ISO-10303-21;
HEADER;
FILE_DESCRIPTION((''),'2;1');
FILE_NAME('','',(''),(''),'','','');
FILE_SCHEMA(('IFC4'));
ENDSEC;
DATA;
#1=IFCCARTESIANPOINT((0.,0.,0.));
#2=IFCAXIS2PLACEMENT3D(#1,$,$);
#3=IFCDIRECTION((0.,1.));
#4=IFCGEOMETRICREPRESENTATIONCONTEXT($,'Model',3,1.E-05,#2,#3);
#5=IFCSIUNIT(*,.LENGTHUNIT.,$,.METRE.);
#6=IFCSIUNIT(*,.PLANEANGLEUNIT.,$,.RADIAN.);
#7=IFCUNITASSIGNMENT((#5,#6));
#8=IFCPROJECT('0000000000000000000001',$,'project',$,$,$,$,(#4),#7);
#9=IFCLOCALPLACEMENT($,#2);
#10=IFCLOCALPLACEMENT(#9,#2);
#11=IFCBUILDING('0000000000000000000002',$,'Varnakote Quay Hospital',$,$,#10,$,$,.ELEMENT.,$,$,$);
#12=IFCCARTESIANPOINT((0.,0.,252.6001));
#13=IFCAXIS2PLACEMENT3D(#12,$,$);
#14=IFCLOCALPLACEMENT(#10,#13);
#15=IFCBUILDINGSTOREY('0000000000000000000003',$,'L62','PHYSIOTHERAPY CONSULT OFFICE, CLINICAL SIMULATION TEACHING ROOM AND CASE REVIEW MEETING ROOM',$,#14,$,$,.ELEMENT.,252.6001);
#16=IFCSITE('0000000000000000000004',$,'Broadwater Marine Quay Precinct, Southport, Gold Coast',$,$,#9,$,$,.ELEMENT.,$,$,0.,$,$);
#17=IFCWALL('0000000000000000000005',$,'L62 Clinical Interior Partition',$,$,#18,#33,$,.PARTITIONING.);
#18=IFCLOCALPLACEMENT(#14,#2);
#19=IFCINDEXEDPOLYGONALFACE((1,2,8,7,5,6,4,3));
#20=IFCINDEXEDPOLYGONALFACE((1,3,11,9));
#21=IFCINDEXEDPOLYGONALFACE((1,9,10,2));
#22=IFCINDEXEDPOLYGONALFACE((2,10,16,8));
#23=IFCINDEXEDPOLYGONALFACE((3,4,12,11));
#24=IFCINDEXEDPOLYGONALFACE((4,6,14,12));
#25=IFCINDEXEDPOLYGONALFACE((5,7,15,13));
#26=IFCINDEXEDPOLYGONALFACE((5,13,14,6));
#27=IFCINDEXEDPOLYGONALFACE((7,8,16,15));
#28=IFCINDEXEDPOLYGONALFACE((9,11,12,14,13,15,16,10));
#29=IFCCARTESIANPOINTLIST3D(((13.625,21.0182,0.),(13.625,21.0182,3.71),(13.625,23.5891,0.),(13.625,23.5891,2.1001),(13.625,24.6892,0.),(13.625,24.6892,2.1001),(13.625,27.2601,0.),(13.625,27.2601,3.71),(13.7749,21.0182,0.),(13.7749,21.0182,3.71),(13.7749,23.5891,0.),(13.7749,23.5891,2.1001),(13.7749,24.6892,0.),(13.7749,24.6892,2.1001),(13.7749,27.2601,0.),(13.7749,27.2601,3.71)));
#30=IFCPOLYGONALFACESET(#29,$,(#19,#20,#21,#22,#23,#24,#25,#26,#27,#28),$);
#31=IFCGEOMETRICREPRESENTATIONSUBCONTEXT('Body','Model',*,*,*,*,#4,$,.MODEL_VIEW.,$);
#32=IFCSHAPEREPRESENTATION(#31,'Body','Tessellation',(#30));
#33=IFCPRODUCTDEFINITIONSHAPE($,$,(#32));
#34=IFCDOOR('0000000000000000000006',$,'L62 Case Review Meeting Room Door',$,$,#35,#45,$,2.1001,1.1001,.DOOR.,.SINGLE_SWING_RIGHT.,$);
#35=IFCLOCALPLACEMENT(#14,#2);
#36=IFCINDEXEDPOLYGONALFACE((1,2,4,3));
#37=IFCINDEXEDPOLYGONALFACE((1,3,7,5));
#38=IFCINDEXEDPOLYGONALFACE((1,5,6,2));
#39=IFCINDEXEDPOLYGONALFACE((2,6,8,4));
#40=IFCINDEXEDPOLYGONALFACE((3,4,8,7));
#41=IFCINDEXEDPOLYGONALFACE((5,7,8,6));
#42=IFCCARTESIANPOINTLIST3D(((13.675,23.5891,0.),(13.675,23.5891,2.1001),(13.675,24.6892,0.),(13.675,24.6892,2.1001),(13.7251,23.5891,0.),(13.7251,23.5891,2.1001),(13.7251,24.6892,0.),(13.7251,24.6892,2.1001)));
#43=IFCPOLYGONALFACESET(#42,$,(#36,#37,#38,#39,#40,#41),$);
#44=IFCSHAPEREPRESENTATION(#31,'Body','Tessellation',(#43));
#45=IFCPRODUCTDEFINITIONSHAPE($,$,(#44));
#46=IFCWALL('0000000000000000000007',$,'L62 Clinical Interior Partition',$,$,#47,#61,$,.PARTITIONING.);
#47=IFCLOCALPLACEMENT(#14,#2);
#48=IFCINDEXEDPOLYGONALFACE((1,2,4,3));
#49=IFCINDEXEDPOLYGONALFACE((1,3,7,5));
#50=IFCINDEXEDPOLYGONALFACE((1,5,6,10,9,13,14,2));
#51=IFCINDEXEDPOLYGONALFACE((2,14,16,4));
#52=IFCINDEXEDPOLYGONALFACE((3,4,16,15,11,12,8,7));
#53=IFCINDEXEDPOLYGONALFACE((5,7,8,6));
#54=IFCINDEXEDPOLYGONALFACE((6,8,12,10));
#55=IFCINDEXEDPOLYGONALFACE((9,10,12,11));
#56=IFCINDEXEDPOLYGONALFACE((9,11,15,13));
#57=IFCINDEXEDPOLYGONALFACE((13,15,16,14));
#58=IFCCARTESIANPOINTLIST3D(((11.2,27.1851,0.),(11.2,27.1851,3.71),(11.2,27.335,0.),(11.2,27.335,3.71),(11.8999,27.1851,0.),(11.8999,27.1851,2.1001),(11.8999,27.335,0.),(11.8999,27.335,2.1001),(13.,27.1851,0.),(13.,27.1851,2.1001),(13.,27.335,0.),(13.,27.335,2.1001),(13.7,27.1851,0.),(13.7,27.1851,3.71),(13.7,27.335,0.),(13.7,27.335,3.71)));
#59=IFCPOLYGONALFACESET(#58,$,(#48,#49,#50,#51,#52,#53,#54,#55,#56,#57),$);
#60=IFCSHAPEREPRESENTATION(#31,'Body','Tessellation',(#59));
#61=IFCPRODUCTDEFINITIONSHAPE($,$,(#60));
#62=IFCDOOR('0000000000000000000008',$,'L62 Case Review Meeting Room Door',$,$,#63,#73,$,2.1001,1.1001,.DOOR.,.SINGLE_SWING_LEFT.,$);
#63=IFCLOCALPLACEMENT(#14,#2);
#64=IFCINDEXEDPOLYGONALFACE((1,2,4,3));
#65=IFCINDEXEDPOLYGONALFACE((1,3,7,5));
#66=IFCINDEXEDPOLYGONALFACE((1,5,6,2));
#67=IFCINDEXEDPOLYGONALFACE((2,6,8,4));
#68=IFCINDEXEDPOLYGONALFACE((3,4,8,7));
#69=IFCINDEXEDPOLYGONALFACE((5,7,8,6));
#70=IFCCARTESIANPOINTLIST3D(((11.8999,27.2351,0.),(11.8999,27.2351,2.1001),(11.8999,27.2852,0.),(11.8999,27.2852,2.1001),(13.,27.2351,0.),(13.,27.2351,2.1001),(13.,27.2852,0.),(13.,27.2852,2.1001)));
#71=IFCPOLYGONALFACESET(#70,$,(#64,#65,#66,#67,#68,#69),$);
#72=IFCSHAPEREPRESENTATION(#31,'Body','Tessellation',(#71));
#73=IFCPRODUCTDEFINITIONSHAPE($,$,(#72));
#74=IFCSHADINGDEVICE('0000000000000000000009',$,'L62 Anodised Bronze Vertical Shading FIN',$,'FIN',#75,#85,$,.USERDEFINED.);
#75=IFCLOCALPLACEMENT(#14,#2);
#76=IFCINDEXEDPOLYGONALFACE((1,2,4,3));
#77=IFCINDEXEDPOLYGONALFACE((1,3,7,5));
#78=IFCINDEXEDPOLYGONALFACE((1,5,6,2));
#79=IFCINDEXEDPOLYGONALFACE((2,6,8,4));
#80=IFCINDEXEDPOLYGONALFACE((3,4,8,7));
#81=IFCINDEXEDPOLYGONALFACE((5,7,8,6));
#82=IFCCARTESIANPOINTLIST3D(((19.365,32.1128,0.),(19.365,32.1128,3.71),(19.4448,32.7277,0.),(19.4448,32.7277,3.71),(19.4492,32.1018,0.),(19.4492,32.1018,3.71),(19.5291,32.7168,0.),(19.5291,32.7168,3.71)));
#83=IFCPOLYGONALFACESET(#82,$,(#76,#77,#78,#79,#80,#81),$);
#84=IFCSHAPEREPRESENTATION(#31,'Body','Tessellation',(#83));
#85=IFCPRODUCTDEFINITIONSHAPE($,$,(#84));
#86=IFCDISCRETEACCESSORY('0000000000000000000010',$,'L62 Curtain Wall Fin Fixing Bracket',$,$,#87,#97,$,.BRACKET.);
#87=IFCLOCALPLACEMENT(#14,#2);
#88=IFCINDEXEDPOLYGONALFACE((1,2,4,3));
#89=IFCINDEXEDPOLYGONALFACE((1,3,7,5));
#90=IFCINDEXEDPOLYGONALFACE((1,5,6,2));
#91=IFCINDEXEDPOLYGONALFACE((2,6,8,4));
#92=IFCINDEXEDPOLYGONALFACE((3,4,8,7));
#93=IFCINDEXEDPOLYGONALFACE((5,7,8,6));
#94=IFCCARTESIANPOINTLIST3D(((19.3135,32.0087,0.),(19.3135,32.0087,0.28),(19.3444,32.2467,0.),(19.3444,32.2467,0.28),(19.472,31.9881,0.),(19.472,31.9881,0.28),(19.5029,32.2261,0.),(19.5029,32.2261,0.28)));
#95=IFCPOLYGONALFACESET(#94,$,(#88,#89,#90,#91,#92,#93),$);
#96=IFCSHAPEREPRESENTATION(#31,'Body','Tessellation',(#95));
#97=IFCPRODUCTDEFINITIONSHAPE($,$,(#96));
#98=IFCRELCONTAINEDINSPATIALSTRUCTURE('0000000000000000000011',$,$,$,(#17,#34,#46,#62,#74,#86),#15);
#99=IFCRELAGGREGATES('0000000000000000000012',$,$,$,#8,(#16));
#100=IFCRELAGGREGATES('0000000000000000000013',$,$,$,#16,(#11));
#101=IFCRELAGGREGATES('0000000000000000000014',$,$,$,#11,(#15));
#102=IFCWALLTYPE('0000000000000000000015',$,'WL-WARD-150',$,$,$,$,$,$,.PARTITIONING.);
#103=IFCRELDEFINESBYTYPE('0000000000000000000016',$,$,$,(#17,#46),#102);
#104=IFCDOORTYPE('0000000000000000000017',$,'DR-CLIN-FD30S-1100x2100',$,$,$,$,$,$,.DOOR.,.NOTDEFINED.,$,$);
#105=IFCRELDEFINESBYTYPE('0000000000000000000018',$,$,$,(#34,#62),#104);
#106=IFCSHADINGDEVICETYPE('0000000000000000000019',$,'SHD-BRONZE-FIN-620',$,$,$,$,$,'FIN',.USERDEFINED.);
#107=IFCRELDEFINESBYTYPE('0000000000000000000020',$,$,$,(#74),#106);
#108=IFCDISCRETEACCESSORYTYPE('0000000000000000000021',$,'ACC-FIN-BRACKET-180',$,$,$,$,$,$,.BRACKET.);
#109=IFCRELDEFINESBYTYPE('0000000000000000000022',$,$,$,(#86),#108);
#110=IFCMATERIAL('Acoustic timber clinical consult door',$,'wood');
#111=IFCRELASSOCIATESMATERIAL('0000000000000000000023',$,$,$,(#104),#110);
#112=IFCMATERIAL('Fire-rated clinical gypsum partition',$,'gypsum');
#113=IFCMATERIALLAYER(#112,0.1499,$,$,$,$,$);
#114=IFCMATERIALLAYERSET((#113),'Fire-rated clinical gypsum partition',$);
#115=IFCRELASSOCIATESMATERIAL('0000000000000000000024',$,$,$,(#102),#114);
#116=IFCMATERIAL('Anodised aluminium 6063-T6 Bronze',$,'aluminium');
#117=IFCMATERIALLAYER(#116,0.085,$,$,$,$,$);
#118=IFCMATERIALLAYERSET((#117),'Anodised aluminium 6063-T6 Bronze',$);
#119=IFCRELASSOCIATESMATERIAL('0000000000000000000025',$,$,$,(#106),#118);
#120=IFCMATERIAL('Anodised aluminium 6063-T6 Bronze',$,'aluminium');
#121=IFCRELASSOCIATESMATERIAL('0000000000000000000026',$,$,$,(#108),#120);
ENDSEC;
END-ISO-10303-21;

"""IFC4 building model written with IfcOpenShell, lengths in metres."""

from ifc_helpers import new_model, si_unit, direction, frame, frame_2d, origin, origin_2d, place, context, subcontext, project, spatial, rectangle, extrude, material, layer, layer_set, type_object, element, fill, save


model = new_model("IFC4")

# Units and contexts
model_context = context("Model", 3, precision=1e-05, world=origin(), true_north=direction((0.0, 1.0)))
body_context = subcontext(model_context, "Body", "Model", "MODEL_VIEW")
ifc_project = project(units=[si_unit("LENGTHUNIT", "METRE"), si_unit("PLANEANGLEUNIT", "RADIAN")], contexts=[model_context])

# Site, building, storey
site_placement = place(None, origin())
site = spatial("IfcSite", under=ifc_project, at=site_placement, Name="Broadwater Marine Quay Precinct, Southport, Gold Coast", CompositionType="ELEMENT", RefElevation=0.0)
building_placement = place(site_placement, origin())
building = spatial("IfcBuilding", under=site, at=building_placement, Name="Varnakote Quay Hospital", CompositionType="ELEMENT")
storey_placement = place(building_placement, frame((0.0, 0.0, 252.6001)))
storey = spatial("IfcBuildingStorey", under=building, at=storey_placement, Name="L62", Description="PHYSIOTHERAPY CONSULT OFFICE, CLINICAL SIMULATION TEACHING ROOM AND CASE REVIEW MEETING ROOM", CompositionType="ELEMENT", Elevation=252.6001)

# Shared definitions
ifc_material_1 = material(Name="Acoustic timber clinical consult door", Category="wood")
door_type = type_object("IfcDoorType", Name="DR-CLIN-FD30S-1100x2100", OperationType="NOTDEFINED", PredefinedType="DOOR", material=ifc_material_1)

# Shared definitions
ifc_material_2 = material(Name="Fire-rated clinical gypsum partition", Category="gypsum")
ifc_layer_1 = layer(ifc_material_2, 0.1499)
ifc_layer_set_1 = layer_set([ifc_layer_1], Name="Fire-rated clinical gypsum partition")
wall_type_1 = type_object("IfcWallType", Name="WL-WARD-150", PredefinedType="PARTITIONING", material=ifc_layer_set_1)

# Walls, openings, doors
wall_1_placement = place(storey_placement, frame((13.7, 21.0181, 0.0), z_axis=(0.0, 0.0, 1.0), x_axis=(0.0, 1.0, 0.0)))
wall_1 = element("IfcWall", 1, at=wall_1_placement, inside=storey, type_object=wall_type_1, Name="L62 Clinical Interior Partition", PredefinedType="PARTITIONING", context=body_context, shape_type="SweptSolid", body=[
    extrude(rectangle(XDim=6.2419, YDim=0.1499, at=frame_2d((3.1211, 0.0))), origin(), (0.0, 0.0, 1.0), 3.71),
])
opening_1_placement = place(wall_1_placement, frame((2.571, 0.0, 0.0)))
opening_1 = element("IfcOpeningElement", 2, at=opening_1_placement, cuts=wall_1, PredefinedType="OPENING", context=body_context, shape_type="SweptSolid", body=[
    extrude(rectangle(XDim=1.1001, YDim=2.1001, at=frame_2d((0.55, 1.05))), frame((0.0, 0.085, 0.0), z_axis=(0.0, -1.0, 0.0), x_axis=(1.0, 0.0, 0.0)), (0.0, 0.0, 1.0), 0.1699),
])
door_1_placement = place(opening_1_placement, origin())
door_1 = element("IfcDoor", 3, at=door_1_placement, inside=storey, type_object=door_type, Name="L62 Case Review Meeting Room Door", OperationType="SINGLE_SWING_RIGHT", OverallHeight=2.1001, OverallWidth=1.1001, PredefinedType="DOOR", context=body_context, shape_type="SweptSolid", body=[
    extrude(rectangle(XDim=1.1001, YDim=2.1001, at=frame_2d((0.55, 1.05))), frame((0.0, 0.0249, 0.0), z_axis=(0.0, -1.0, 0.0), x_axis=(1.0, 0.0, 0.0)), (0.0, 0.0, 1.0), 0.05),
])
fill(opening_1, door_1)
wall_2_placement = place(storey_placement, frame((13.7, 27.26, 0.0), z_axis=(0.0, 0.0, 1.0), x_axis=(-1.0, 0.0, 0.0)))
wall_2 = element("IfcWall", 4, at=wall_2_placement, inside=storey, type_object=wall_type_1, Name="L62 Clinical Interior Partition", PredefinedType="PARTITIONING", context=body_context, shape_type="SweptSolid", body=[
    extrude(rectangle(XDim=2.5, YDim=0.1499, at=frame_2d((1.25, 0.0))), origin(), (0.0, 0.0, 1.0), 3.71),
])
opening_2_placement = place(wall_2_placement, frame((0.7, 0.0, 0.0)))
opening_2 = element("IfcOpeningElement", 5, at=opening_2_placement, cuts=wall_2, PredefinedType="OPENING", context=body_context, shape_type="SweptSolid", body=[
    extrude(rectangle(XDim=1.1001, YDim=2.1001, at=frame_2d((0.55, 1.05))), frame((0.0, 0.085, 0.0), z_axis=(0.0, -1.0, 0.0), x_axis=(1.0, 0.0, 0.0)), (0.0, 0.0, 1.0), 0.1699),
])
door_2_placement = place(opening_2_placement, origin())
door_2 = element("IfcDoor", 6, at=door_2_placement, inside=storey, type_object=door_type, Name="L62 Case Review Meeting Room Door", OperationType="SINGLE_SWING_LEFT", OverallHeight=2.1001, OverallWidth=1.1001, PredefinedType="DOOR", context=body_context, shape_type="SweptSolid", body=[
    extrude(rectangle(XDim=1.1001, YDim=2.1001, at=frame_2d((0.55, 1.05))), frame((0.0, 0.0249, 0.0), z_axis=(0.0, -1.0, 0.0), x_axis=(1.0, 0.0, 0.0)), (0.0, 0.0, 1.0), 0.05),
])
fill(opening_2, door_2)

# Shading device
ifc_material_3 = material(Name="Anodised aluminium 6063-T6 Bronze", Category="aluminium")
ifc_layer_2 = layer(ifc_material_3, 0.085)
ifc_layer_set_2 = layer_set([ifc_layer_2], Name="Anodised aluminium 6063-T6 Bronze")
shading_device_type = type_object("IfcShadingDeviceType", Name="SHD-BRONZE-FIN-620", ElementType="FIN", PredefinedType="USERDEFINED", material=ifc_layer_set_2)
shading_device_placement = place(storey_placement, frame((19.447, 32.4148, 0.0), z_axis=(0.0, 0.0, 1.0), x_axis=(-0.128796, -0.991671, 0.0)))
element("IfcShadingDevice", 7, at=shading_device_placement, inside=storey, type_object=shading_device_type, Name="L62 Anodised Bronze Vertical Shading FIN", ObjectType="FIN", PredefinedType="USERDEFINED", context=body_context, shape_type="SweptSolid", body=[
    extrude(rectangle(XDim=0.6201, YDim=0.085, at=origin_2d()), origin(), (0.0, 0.0, 1.0), 3.71),
])

# Discrete accessory
ifc_material_4 = material(Name="Anodised aluminium 6063-T6 Bronze", Category="aluminium")
discrete_accessory_type = type_object("IfcDiscreteAccessoryType", Name="ACC-FIN-BRACKET-180", PredefinedType="BRACKET", material=ifc_material_4)
discrete_accessory_placement = place(storey_placement, frame((19.4082, 32.1174, 0.0), z_axis=(0.0, 0.0, 1.0), x_axis=(-0.991671, 0.128796, 0.0)))
element("IfcDiscreteAccessory", 8, at=discrete_accessory_placement, inside=storey, type_object=discrete_accessory_type, Name="L62 Curtain Wall Fin Fixing Bracket", PredefinedType="BRACKET", context=body_context, shape_type="SweptSolid", body=[
    extrude(rectangle(XDim=0.1599, YDim=0.24, at=origin_2d()), origin(), (0.0, 0.0, 1.0), 0.28),
])

save(model, "model.ifc")
